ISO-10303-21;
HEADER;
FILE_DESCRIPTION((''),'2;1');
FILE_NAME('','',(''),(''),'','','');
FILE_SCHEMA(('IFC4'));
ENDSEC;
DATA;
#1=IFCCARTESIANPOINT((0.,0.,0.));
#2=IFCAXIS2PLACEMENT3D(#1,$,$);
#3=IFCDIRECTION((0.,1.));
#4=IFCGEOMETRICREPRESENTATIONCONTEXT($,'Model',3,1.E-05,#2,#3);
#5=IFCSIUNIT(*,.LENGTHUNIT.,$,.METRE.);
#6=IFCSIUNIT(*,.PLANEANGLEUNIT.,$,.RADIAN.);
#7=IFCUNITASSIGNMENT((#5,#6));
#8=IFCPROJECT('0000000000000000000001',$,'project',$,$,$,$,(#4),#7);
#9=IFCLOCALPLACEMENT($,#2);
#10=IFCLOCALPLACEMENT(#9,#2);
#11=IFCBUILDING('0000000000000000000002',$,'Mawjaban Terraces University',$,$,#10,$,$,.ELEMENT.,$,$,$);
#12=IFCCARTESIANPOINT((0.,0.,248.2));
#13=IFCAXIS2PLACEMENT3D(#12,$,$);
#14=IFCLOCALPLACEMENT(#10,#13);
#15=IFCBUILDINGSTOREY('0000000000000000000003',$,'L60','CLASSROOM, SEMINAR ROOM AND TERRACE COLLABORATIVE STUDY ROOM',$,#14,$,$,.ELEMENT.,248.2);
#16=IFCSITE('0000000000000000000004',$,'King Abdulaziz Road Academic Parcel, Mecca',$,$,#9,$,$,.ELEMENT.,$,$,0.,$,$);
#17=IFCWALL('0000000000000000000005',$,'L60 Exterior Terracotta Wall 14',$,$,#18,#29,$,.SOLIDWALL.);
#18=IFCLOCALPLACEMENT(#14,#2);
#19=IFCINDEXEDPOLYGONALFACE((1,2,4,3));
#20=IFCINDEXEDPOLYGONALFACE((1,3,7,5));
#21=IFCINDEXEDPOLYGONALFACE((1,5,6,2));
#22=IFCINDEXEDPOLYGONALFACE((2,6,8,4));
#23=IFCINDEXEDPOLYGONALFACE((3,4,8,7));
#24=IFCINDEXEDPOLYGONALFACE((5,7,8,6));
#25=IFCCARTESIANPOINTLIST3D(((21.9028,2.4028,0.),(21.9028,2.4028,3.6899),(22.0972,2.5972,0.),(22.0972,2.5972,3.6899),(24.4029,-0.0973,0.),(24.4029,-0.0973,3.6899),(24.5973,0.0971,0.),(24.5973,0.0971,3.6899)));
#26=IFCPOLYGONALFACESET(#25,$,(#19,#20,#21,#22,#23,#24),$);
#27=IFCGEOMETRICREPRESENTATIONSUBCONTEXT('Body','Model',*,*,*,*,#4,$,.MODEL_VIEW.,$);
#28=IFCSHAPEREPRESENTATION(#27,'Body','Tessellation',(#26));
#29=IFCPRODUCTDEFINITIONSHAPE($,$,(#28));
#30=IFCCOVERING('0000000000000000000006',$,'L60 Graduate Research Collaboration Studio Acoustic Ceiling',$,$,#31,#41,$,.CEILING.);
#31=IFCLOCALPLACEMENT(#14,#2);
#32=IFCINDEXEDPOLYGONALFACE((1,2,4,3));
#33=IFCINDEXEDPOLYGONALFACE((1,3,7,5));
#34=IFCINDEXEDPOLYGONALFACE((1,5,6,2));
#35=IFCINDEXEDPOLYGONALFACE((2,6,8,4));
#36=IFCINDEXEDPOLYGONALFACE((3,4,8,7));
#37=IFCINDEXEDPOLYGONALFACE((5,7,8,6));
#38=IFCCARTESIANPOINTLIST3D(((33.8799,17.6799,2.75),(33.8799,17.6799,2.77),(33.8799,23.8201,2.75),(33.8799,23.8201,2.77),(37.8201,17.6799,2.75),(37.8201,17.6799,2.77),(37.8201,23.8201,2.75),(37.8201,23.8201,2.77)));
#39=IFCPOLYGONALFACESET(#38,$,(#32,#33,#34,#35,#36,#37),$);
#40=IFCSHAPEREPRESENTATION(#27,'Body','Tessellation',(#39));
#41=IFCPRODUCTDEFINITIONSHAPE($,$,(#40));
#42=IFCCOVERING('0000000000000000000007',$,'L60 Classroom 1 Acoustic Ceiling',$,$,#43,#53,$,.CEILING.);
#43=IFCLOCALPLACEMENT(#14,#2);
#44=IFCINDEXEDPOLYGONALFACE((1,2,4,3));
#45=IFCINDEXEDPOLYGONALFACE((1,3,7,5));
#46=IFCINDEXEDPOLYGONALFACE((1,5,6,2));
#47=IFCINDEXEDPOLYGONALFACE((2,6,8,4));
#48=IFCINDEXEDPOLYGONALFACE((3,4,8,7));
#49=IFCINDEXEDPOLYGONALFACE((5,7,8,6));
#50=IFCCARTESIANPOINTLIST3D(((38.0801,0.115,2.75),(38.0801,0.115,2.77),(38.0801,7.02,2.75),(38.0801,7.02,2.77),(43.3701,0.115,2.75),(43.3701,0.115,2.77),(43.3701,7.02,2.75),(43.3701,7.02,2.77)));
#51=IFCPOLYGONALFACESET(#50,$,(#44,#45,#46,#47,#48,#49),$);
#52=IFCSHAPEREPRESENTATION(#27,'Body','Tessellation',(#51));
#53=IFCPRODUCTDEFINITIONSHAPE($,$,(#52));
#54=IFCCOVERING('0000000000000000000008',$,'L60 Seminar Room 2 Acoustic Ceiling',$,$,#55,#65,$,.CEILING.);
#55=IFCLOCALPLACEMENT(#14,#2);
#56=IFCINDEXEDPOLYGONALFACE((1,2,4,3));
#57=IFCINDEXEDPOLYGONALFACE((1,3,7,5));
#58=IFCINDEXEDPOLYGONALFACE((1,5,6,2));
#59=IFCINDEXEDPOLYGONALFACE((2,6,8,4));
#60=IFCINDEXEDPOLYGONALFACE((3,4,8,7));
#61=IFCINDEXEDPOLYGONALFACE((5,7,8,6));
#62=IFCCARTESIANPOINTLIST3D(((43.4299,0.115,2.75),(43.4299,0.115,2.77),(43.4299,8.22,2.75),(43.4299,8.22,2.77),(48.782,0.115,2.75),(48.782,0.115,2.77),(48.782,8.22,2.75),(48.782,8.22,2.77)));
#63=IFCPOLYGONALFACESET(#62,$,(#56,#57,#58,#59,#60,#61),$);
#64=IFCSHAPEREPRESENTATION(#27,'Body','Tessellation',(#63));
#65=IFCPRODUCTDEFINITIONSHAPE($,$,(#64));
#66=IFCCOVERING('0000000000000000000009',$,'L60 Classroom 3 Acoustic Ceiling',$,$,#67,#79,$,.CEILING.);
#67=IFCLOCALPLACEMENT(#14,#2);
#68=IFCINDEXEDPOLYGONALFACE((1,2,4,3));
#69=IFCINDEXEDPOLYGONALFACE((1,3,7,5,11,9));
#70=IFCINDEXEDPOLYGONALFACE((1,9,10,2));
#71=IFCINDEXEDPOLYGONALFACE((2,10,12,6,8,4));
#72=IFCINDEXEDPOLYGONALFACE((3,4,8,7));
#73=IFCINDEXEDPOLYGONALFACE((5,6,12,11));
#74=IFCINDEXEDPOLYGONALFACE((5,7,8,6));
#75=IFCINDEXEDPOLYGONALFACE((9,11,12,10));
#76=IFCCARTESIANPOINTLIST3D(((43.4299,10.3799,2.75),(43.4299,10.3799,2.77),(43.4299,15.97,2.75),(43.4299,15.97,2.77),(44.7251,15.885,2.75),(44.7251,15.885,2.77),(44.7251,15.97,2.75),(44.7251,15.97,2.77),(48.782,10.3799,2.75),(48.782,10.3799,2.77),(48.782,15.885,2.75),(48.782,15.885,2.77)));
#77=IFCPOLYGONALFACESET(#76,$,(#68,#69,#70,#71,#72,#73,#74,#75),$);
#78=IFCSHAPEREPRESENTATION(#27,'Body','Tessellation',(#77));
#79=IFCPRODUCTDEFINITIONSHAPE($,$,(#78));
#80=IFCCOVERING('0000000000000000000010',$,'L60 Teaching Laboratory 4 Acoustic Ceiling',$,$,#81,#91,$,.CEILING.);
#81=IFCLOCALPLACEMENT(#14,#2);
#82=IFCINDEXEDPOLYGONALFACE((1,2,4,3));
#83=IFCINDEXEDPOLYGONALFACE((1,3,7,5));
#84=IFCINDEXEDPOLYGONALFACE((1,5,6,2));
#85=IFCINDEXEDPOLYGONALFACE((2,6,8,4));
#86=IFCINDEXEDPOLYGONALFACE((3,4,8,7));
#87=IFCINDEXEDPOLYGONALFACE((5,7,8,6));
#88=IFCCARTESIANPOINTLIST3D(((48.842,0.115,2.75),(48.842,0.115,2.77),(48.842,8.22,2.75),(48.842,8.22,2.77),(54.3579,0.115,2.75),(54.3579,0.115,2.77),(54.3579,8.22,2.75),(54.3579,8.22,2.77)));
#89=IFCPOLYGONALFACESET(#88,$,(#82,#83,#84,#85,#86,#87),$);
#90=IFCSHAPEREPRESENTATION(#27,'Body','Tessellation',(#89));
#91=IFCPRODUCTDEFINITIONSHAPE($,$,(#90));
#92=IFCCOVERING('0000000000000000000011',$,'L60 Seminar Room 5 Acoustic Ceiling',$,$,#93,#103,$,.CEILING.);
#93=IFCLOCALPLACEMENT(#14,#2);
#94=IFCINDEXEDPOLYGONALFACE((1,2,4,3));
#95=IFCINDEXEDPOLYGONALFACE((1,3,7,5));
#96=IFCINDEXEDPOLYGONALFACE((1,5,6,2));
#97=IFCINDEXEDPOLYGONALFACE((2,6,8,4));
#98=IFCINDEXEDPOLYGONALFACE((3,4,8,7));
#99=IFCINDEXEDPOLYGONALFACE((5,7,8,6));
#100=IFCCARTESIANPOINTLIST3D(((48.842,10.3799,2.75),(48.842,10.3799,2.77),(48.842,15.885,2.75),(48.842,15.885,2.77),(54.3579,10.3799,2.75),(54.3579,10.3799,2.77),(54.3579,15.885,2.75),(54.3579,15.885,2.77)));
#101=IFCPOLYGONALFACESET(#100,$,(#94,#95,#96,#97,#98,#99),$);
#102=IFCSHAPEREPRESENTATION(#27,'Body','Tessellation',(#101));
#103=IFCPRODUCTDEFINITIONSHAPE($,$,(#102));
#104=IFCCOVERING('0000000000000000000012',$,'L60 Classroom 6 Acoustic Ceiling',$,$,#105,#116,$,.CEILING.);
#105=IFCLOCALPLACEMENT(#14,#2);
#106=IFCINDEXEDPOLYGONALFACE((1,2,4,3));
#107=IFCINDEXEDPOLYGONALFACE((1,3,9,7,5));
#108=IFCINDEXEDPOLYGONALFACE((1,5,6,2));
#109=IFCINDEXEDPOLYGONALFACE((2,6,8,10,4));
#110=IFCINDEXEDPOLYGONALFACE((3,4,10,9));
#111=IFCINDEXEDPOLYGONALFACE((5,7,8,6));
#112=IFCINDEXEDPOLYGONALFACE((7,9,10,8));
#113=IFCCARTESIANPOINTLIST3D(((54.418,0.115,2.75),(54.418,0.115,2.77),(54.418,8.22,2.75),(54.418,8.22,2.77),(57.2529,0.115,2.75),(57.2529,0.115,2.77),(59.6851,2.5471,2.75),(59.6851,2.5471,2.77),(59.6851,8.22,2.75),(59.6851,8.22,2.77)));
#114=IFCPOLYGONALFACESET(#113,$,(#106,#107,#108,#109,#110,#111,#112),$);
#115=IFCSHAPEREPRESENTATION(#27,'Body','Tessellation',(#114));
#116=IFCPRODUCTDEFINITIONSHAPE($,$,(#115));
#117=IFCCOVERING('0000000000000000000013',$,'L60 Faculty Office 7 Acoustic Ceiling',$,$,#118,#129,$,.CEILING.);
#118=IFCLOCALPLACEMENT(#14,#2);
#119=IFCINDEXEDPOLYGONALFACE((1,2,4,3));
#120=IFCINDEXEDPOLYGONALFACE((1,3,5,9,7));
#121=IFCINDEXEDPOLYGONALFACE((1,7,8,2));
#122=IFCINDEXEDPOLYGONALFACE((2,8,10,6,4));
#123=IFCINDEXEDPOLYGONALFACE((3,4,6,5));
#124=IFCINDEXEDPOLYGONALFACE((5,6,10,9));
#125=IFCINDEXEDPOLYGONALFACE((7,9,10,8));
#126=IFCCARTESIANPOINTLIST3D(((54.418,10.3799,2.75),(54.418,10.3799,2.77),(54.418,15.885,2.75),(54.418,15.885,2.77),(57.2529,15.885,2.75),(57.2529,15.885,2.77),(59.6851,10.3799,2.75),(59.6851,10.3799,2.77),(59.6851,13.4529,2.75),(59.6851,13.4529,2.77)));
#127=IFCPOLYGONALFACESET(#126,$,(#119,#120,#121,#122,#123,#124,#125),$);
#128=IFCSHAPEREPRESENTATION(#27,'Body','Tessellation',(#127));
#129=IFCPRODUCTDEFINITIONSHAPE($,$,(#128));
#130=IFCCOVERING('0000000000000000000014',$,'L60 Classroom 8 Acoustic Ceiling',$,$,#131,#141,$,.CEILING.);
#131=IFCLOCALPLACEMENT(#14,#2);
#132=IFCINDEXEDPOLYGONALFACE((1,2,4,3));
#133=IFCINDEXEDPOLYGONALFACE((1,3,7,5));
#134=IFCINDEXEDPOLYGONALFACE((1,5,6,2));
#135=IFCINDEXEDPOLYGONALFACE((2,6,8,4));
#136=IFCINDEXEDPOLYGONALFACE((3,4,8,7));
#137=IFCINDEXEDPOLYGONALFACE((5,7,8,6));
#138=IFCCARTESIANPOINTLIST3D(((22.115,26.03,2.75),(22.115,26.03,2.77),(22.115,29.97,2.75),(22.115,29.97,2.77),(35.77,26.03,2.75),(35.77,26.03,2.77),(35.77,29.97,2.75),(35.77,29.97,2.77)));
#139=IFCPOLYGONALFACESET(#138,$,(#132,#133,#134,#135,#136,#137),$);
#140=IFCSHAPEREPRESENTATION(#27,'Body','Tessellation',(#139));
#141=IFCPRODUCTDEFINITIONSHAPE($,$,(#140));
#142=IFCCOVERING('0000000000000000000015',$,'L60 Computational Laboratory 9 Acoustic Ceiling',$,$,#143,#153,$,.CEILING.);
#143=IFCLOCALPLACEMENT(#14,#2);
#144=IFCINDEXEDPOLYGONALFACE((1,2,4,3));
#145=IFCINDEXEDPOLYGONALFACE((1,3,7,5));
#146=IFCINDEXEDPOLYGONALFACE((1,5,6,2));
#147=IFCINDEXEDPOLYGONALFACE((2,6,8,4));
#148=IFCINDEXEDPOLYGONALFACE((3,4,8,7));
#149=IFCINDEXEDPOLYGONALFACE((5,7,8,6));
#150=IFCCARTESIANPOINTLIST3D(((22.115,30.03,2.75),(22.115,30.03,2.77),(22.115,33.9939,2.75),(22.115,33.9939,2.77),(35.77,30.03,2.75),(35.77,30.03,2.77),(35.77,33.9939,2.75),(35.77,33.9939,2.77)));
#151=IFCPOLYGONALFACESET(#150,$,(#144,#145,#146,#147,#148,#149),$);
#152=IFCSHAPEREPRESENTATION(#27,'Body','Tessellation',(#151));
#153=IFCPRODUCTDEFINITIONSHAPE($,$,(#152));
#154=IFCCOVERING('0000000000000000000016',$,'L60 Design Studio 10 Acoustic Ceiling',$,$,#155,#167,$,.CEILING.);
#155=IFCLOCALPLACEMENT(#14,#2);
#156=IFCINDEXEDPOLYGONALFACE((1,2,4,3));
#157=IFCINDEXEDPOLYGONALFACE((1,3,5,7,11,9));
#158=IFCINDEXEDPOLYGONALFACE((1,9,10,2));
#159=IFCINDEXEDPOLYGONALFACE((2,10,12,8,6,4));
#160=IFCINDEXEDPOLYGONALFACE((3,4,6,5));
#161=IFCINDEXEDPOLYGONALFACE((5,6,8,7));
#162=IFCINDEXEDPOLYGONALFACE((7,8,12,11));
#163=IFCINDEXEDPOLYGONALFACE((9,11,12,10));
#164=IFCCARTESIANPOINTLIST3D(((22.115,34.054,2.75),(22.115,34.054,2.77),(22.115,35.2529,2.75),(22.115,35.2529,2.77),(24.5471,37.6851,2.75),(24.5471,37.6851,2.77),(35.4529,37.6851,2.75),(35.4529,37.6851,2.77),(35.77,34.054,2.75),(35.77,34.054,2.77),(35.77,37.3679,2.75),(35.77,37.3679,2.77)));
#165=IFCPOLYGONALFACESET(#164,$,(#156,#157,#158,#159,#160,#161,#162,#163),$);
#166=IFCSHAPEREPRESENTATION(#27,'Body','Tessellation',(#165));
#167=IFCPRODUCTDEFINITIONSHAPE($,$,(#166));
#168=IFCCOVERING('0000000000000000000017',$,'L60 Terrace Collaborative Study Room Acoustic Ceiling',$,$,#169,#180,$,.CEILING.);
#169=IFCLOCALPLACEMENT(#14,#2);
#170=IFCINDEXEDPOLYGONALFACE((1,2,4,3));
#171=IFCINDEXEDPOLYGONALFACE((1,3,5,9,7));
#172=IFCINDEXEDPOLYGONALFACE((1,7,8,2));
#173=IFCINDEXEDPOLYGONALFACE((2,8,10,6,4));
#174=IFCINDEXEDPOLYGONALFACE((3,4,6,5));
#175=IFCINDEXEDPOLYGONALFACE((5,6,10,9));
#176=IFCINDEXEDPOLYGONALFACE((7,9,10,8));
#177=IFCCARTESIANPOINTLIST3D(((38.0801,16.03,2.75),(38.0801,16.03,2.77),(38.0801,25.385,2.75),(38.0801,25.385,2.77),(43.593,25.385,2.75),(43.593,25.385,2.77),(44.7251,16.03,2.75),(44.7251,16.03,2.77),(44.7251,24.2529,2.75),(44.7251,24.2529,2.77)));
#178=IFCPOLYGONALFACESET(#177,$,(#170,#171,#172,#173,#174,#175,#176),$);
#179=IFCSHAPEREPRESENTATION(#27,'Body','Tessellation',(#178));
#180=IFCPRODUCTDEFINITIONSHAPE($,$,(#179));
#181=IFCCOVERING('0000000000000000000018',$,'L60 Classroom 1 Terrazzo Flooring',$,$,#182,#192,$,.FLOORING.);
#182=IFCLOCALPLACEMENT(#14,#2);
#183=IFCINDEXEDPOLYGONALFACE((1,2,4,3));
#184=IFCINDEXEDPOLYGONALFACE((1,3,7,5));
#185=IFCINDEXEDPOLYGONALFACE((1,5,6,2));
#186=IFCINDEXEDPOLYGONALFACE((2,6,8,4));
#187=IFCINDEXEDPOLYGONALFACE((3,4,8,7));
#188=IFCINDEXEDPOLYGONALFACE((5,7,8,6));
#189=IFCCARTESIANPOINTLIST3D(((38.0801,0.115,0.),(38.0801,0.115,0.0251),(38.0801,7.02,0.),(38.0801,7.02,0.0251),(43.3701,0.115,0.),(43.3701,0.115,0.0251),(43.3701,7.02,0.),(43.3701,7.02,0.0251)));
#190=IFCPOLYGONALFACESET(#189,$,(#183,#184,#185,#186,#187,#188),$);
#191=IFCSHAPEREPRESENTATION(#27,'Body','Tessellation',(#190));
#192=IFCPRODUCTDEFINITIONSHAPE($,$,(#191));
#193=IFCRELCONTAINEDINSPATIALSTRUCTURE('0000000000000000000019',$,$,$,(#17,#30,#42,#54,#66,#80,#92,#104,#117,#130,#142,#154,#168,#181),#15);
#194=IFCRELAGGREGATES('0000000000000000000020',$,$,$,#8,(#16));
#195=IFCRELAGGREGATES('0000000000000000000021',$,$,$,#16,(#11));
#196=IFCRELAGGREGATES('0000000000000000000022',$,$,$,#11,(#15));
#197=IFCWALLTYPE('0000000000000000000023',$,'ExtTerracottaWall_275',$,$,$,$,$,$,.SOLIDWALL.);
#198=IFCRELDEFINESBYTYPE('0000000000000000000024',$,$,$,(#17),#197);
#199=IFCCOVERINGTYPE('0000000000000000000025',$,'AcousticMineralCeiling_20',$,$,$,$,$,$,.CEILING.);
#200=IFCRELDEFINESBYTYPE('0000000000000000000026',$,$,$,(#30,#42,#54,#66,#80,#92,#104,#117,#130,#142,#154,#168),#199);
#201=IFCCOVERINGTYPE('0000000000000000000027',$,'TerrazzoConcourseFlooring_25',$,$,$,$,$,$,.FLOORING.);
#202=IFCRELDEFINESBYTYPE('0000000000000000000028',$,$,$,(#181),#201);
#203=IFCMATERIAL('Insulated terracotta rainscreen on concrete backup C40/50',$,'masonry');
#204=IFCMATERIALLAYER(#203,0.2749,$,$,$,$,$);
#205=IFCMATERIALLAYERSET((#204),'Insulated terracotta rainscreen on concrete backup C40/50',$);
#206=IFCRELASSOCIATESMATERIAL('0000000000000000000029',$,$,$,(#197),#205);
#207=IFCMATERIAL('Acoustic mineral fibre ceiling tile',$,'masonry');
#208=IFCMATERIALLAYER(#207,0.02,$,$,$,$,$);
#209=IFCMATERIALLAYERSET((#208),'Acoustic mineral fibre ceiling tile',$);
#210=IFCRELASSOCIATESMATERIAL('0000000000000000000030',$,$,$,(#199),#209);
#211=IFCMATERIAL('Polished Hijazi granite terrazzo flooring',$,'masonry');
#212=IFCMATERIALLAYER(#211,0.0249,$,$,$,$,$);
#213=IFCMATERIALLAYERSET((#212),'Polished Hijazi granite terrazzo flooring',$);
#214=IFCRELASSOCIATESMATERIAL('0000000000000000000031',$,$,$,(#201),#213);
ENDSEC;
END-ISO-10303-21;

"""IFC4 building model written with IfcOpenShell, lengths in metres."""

from ifc_helpers import new_model, si_unit, direction, frame, frame_2d, origin, place, context, subcontext, project, spatial, polyline, rectangle, outline, extrude, material, layer, layer_set, type_object, element, save


model = new_model("IFC4")

# Units and contexts
model_context = context("Model", 3, precision=1e-05, world=origin(), true_north=direction((0.0, 1.0)))
body_context = subcontext(model_context, "Body", "Model", "MODEL_VIEW")
ifc_project = project(units=[si_unit("LENGTHUNIT", "METRE"), si_unit("PLANEANGLEUNIT", "RADIAN")], contexts=[model_context])

# Site, building, storey
site_placement = place(None, origin())
site = spatial("IfcSite", under=ifc_project, at=site_placement, Name="King Abdulaziz Road Academic Parcel, Mecca", CompositionType="ELEMENT", RefElevation=0.0)
building_placement = place(site_placement, origin())
building = spatial("IfcBuilding", under=site, at=building_placement, Name="Mawjaban Terraces University", CompositionType="ELEMENT")
storey_placement = place(building_placement, frame((0.0, 0.0, 248.2)))
storey = spatial("IfcBuildingStorey", under=building, at=storey_placement, Name="L60", Description="CLASSROOM, SEMINAR ROOM AND TERRACE COLLABORATIVE STUDY ROOM", CompositionType="ELEMENT", Elevation=248.2)

# Wall
ifc_material_1 = material(Name="Insulated terracotta rainscreen on concrete backup C40/50", Category="masonry")
ifc_layer_1 = layer(ifc_material_1, 0.2749)
ifc_layer_set_1 = layer_set([ifc_layer_1], Name="Insulated terracotta rainscreen on concrete backup C40/50")
wall_type_1 = type_object("IfcWallType", Name="ExtTerracottaWall_275", PredefinedType="SOLIDWALL", material=ifc_layer_set_1)
wall_1_placement = place(storey_placement, frame((22.0, 2.5, 0.0), z_axis=(0.0, 0.0, 1.0), x_axis=(0.707107, -0.707107, 0.0)))
element("IfcWall", 1, at=wall_1_placement, inside=storey, type_object=wall_type_1, Name="L60 Exterior Terracotta Wall 14", PredefinedType="SOLIDWALL", context=body_context, shape_type="SweptSolid", body=[
    extrude(rectangle(XDim=3.5356, YDim=0.2749, at=frame_2d((1.7678, 0.0))), origin(), (0.0, 0.0, 1.0), 3.6899),
])

# Coverings
ifc_material_2 = material(Name="Acoustic mineral fibre ceiling tile", Category="masonry")
ifc_layer_2 = layer(ifc_material_2, 0.02)
ifc_layer_set_2 = layer_set([ifc_layer_2], Name="Acoustic mineral fibre ceiling tile")
covering_type_1 = type_object("IfcCoveringType", Name="AcousticMineralCeiling_20", PredefinedType="CEILING", material=ifc_layer_set_2)
covering_1_placement = place(storey_placement, frame((0.0, 0.0, 2.75)))
element("IfcCovering", 2, at=covering_1_placement, inside=storey, type_object=covering_type_1, Name="L60 Graduate Research Collaboration Studio Acoustic Ceiling", PredefinedType="CEILING", context=body_context, shape_type="SweptSolid", body=[
    extrude(outline(polyline([(37.8201, 17.6799), (37.8201, 23.8201), (33.8799, 23.8201), (33.8799, 17.6799), (37.8201, 17.6799)])), origin(), (0.0, 0.0, 1.0), 0.02),
])
covering_2_placement = place(storey_placement, frame((0.0, 0.0, 2.75)))
element("IfcCovering", 3, at=covering_2_placement, inside=storey, type_object=covering_type_1, Name="L60 Classroom 1 Acoustic Ceiling", PredefinedType="CEILING", context=body_context, shape_type="SweptSolid", body=[
    extrude(outline(polyline([(38.0801, 7.02), (38.0801, 0.115), (43.3701, 0.115), (43.3701, 7.02), (38.0801, 7.02)])), origin(), (0.0, 0.0, 1.0), 0.02),
])
covering_3_placement = place(storey_placement, frame((0.0, 0.0, 2.75)))
element("IfcCovering", 4, at=covering_3_placement, inside=storey, type_object=covering_type_1, Name="L60 Seminar Room 2 Acoustic Ceiling", PredefinedType="CEILING", context=body_context, shape_type="SweptSolid", body=[
    extrude(outline(polyline([(43.4299, 0.115), (48.782, 0.115), (48.782, 8.22), (43.4299, 8.22), (43.4299, 0.115)])), origin(), (0.0, 0.0, 1.0), 0.02),
])
covering_4_placement = place(storey_placement, frame((0.0, 0.0, 2.75)))
element("IfcCovering", 5, at=covering_4_placement, inside=storey, type_object=covering_type_1, Name="L60 Classroom 3 Acoustic Ceiling", PredefinedType="CEILING", context=body_context, shape_type="SweptSolid", body=[
    extrude(outline(polyline([(48.782, 15.885), (44.7251, 15.885), (44.7251, 15.97), (43.4299, 15.97), (43.4299, 10.3799), (48.782, 10.3799), (48.782, 15.885)])), origin(), (0.0, 0.0, 1.0), 0.02),
])
covering_5_placement = place(storey_placement, frame((0.0, 0.0, 2.75)))
element("IfcCovering", 6, at=covering_5_placement, inside=storey, type_object=covering_type_1, Name="L60 Teaching Laboratory 4 Acoustic Ceiling", PredefinedType="CEILING", context=body_context, shape_type="SweptSolid", body=[
    extrude(outline(polyline([(48.842, 0.115), (54.3579, 0.115), (54.3579, 8.22), (48.842, 8.22), (48.842, 0.115)])), origin(), (0.0, 0.0, 1.0), 0.02),
])
covering_6_placement = place(storey_placement, frame((0.0, 0.0, 2.75)))
element("IfcCovering", 7, at=covering_6_placement, inside=storey, type_object=covering_type_1, Name="L60 Seminar Room 5 Acoustic Ceiling", PredefinedType="CEILING", context=body_context, shape_type="SweptSolid", body=[
    extrude(outline(polyline([(54.3579, 15.885), (48.842, 15.885), (48.842, 10.3799), (54.3579, 10.3799), (54.3579, 15.885)])), origin(), (0.0, 0.0, 1.0), 0.02),
])
covering_7_placement = place(storey_placement, frame((0.0, 0.0, 2.75)))
element("IfcCovering", 8, at=covering_7_placement, inside=storey, type_object=covering_type_1, Name="L60 Classroom 6 Acoustic Ceiling", PredefinedType="CEILING", context=body_context, shape_type="SweptSolid", body=[
    extrude(outline(polyline([(54.418, 0.115), (57.2529, 0.115), (59.6851, 2.5471), (59.6851, 8.22), (54.418, 8.22), (54.418, 0.115)])), origin(), (0.0, 0.0, 1.0), 0.02),
])
covering_8_placement = place(storey_placement, frame((0.0, 0.0, 2.75)))
element("IfcCovering", 9, at=covering_8_placement, inside=storey, type_object=covering_type_1, Name="L60 Faculty Office 7 Acoustic Ceiling", PredefinedType="CEILING", context=body_context, shape_type="SweptSolid", body=[
    extrude(outline(polyline([(59.6851, 10.3799), (59.6851, 13.4529), (57.2529, 15.885), (54.418, 15.885), (54.418, 10.3799), (59.6851, 10.3799)])), origin(), (0.0, 0.0, 1.0), 0.02),
])
covering_9_placement = place(storey_placement, frame((0.0, 0.0, 2.75)))
element("IfcCovering", 10, at=covering_9_placement, inside=storey, type_object=covering_type_1, Name="L60 Classroom 8 Acoustic Ceiling", PredefinedType="CEILING", context=body_context, shape_type="SweptSolid", body=[
    extrude(outline(polyline([(22.115, 29.97), (22.115, 26.03), (35.77, 26.03), (35.77, 29.97), (22.115, 29.97)])), origin(), (0.0, 0.0, 1.0), 0.02),
])
covering_10_placement = place(storey_placement, frame((0.0, 0.0, 2.75)))
element("IfcCovering", 11, at=covering_10_placement, inside=storey, type_object=covering_type_1, Name="L60 Computational Laboratory 9 Acoustic Ceiling", PredefinedType="CEILING", context=body_context, shape_type="SweptSolid", body=[
    extrude(outline(polyline([(22.115, 33.9939), (22.115, 30.03), (35.77, 30.03), (35.77, 33.9939), (22.115, 33.9939)])), origin(), (0.0, 0.0, 1.0), 0.02),
])
covering_11_placement = place(storey_placement, frame((0.0, 0.0, 2.75)))
element("IfcCovering", 12, at=covering_11_placement, inside=storey, type_object=covering_type_1, Name="L60 Design Studio 10 Acoustic Ceiling", PredefinedType="CEILING", context=body_context, shape_type="SweptSolid", body=[
    extrude(outline(polyline([(35.77, 37.3679), (35.4529, 37.6851), (24.5471, 37.6851), (22.115, 35.2529), (22.115, 34.054), (35.77, 34.054), (35.77, 37.3679)])), origin(), (0.0, 0.0, 1.0), 0.02),
])
covering_12_placement = place(storey_placement, frame((0.0, 0.0, 2.75)))
element("IfcCovering", 13, at=covering_12_placement, inside=storey, type_object=covering_type_1, Name="L60 Terrace Collaborative Study Room Acoustic Ceiling", PredefinedType="CEILING", context=body_context, shape_type="SweptSolid", body=[
    extrude(outline(polyline([(44.7251, 16.03), (44.7251, 24.2529), (43.593, 25.385), (38.0801, 25.385), (38.0801, 16.03), (44.7251, 16.03)])), origin(), (0.0, 0.0, 1.0), 0.02),
])
ifc_material_3 = material(Name="Polished Hijazi granite terrazzo flooring", Category="masonry")
ifc_layer_3 = layer(ifc_material_3, 0.0249)
ifc_layer_set_3 = layer_set([ifc_layer_3], Name="Polished Hijazi granite terrazzo flooring")
covering_type_2 = type_object("IfcCoveringType", Name="TerrazzoConcourseFlooring_25", PredefinedType="FLOORING", material=ifc_layer_set_3)
covering_13_placement = place(storey_placement, origin())
element("IfcCovering", 14, at=covering_13_placement, inside=storey, type_object=covering_type_2, Name="L60 Classroom 1 Terrazzo Flooring", PredefinedType="FLOORING", context=body_context, shape_type="SweptSolid", body=[
    extrude(outline(polyline([(38.0801, 7.02), (38.0801, 0.115), (43.3701, 0.115), (43.3701, 7.02), (38.0801, 7.02)])), origin(), (0.0, 0.0, 1.0), 0.0251),
])

save(model, "model.ifc")
